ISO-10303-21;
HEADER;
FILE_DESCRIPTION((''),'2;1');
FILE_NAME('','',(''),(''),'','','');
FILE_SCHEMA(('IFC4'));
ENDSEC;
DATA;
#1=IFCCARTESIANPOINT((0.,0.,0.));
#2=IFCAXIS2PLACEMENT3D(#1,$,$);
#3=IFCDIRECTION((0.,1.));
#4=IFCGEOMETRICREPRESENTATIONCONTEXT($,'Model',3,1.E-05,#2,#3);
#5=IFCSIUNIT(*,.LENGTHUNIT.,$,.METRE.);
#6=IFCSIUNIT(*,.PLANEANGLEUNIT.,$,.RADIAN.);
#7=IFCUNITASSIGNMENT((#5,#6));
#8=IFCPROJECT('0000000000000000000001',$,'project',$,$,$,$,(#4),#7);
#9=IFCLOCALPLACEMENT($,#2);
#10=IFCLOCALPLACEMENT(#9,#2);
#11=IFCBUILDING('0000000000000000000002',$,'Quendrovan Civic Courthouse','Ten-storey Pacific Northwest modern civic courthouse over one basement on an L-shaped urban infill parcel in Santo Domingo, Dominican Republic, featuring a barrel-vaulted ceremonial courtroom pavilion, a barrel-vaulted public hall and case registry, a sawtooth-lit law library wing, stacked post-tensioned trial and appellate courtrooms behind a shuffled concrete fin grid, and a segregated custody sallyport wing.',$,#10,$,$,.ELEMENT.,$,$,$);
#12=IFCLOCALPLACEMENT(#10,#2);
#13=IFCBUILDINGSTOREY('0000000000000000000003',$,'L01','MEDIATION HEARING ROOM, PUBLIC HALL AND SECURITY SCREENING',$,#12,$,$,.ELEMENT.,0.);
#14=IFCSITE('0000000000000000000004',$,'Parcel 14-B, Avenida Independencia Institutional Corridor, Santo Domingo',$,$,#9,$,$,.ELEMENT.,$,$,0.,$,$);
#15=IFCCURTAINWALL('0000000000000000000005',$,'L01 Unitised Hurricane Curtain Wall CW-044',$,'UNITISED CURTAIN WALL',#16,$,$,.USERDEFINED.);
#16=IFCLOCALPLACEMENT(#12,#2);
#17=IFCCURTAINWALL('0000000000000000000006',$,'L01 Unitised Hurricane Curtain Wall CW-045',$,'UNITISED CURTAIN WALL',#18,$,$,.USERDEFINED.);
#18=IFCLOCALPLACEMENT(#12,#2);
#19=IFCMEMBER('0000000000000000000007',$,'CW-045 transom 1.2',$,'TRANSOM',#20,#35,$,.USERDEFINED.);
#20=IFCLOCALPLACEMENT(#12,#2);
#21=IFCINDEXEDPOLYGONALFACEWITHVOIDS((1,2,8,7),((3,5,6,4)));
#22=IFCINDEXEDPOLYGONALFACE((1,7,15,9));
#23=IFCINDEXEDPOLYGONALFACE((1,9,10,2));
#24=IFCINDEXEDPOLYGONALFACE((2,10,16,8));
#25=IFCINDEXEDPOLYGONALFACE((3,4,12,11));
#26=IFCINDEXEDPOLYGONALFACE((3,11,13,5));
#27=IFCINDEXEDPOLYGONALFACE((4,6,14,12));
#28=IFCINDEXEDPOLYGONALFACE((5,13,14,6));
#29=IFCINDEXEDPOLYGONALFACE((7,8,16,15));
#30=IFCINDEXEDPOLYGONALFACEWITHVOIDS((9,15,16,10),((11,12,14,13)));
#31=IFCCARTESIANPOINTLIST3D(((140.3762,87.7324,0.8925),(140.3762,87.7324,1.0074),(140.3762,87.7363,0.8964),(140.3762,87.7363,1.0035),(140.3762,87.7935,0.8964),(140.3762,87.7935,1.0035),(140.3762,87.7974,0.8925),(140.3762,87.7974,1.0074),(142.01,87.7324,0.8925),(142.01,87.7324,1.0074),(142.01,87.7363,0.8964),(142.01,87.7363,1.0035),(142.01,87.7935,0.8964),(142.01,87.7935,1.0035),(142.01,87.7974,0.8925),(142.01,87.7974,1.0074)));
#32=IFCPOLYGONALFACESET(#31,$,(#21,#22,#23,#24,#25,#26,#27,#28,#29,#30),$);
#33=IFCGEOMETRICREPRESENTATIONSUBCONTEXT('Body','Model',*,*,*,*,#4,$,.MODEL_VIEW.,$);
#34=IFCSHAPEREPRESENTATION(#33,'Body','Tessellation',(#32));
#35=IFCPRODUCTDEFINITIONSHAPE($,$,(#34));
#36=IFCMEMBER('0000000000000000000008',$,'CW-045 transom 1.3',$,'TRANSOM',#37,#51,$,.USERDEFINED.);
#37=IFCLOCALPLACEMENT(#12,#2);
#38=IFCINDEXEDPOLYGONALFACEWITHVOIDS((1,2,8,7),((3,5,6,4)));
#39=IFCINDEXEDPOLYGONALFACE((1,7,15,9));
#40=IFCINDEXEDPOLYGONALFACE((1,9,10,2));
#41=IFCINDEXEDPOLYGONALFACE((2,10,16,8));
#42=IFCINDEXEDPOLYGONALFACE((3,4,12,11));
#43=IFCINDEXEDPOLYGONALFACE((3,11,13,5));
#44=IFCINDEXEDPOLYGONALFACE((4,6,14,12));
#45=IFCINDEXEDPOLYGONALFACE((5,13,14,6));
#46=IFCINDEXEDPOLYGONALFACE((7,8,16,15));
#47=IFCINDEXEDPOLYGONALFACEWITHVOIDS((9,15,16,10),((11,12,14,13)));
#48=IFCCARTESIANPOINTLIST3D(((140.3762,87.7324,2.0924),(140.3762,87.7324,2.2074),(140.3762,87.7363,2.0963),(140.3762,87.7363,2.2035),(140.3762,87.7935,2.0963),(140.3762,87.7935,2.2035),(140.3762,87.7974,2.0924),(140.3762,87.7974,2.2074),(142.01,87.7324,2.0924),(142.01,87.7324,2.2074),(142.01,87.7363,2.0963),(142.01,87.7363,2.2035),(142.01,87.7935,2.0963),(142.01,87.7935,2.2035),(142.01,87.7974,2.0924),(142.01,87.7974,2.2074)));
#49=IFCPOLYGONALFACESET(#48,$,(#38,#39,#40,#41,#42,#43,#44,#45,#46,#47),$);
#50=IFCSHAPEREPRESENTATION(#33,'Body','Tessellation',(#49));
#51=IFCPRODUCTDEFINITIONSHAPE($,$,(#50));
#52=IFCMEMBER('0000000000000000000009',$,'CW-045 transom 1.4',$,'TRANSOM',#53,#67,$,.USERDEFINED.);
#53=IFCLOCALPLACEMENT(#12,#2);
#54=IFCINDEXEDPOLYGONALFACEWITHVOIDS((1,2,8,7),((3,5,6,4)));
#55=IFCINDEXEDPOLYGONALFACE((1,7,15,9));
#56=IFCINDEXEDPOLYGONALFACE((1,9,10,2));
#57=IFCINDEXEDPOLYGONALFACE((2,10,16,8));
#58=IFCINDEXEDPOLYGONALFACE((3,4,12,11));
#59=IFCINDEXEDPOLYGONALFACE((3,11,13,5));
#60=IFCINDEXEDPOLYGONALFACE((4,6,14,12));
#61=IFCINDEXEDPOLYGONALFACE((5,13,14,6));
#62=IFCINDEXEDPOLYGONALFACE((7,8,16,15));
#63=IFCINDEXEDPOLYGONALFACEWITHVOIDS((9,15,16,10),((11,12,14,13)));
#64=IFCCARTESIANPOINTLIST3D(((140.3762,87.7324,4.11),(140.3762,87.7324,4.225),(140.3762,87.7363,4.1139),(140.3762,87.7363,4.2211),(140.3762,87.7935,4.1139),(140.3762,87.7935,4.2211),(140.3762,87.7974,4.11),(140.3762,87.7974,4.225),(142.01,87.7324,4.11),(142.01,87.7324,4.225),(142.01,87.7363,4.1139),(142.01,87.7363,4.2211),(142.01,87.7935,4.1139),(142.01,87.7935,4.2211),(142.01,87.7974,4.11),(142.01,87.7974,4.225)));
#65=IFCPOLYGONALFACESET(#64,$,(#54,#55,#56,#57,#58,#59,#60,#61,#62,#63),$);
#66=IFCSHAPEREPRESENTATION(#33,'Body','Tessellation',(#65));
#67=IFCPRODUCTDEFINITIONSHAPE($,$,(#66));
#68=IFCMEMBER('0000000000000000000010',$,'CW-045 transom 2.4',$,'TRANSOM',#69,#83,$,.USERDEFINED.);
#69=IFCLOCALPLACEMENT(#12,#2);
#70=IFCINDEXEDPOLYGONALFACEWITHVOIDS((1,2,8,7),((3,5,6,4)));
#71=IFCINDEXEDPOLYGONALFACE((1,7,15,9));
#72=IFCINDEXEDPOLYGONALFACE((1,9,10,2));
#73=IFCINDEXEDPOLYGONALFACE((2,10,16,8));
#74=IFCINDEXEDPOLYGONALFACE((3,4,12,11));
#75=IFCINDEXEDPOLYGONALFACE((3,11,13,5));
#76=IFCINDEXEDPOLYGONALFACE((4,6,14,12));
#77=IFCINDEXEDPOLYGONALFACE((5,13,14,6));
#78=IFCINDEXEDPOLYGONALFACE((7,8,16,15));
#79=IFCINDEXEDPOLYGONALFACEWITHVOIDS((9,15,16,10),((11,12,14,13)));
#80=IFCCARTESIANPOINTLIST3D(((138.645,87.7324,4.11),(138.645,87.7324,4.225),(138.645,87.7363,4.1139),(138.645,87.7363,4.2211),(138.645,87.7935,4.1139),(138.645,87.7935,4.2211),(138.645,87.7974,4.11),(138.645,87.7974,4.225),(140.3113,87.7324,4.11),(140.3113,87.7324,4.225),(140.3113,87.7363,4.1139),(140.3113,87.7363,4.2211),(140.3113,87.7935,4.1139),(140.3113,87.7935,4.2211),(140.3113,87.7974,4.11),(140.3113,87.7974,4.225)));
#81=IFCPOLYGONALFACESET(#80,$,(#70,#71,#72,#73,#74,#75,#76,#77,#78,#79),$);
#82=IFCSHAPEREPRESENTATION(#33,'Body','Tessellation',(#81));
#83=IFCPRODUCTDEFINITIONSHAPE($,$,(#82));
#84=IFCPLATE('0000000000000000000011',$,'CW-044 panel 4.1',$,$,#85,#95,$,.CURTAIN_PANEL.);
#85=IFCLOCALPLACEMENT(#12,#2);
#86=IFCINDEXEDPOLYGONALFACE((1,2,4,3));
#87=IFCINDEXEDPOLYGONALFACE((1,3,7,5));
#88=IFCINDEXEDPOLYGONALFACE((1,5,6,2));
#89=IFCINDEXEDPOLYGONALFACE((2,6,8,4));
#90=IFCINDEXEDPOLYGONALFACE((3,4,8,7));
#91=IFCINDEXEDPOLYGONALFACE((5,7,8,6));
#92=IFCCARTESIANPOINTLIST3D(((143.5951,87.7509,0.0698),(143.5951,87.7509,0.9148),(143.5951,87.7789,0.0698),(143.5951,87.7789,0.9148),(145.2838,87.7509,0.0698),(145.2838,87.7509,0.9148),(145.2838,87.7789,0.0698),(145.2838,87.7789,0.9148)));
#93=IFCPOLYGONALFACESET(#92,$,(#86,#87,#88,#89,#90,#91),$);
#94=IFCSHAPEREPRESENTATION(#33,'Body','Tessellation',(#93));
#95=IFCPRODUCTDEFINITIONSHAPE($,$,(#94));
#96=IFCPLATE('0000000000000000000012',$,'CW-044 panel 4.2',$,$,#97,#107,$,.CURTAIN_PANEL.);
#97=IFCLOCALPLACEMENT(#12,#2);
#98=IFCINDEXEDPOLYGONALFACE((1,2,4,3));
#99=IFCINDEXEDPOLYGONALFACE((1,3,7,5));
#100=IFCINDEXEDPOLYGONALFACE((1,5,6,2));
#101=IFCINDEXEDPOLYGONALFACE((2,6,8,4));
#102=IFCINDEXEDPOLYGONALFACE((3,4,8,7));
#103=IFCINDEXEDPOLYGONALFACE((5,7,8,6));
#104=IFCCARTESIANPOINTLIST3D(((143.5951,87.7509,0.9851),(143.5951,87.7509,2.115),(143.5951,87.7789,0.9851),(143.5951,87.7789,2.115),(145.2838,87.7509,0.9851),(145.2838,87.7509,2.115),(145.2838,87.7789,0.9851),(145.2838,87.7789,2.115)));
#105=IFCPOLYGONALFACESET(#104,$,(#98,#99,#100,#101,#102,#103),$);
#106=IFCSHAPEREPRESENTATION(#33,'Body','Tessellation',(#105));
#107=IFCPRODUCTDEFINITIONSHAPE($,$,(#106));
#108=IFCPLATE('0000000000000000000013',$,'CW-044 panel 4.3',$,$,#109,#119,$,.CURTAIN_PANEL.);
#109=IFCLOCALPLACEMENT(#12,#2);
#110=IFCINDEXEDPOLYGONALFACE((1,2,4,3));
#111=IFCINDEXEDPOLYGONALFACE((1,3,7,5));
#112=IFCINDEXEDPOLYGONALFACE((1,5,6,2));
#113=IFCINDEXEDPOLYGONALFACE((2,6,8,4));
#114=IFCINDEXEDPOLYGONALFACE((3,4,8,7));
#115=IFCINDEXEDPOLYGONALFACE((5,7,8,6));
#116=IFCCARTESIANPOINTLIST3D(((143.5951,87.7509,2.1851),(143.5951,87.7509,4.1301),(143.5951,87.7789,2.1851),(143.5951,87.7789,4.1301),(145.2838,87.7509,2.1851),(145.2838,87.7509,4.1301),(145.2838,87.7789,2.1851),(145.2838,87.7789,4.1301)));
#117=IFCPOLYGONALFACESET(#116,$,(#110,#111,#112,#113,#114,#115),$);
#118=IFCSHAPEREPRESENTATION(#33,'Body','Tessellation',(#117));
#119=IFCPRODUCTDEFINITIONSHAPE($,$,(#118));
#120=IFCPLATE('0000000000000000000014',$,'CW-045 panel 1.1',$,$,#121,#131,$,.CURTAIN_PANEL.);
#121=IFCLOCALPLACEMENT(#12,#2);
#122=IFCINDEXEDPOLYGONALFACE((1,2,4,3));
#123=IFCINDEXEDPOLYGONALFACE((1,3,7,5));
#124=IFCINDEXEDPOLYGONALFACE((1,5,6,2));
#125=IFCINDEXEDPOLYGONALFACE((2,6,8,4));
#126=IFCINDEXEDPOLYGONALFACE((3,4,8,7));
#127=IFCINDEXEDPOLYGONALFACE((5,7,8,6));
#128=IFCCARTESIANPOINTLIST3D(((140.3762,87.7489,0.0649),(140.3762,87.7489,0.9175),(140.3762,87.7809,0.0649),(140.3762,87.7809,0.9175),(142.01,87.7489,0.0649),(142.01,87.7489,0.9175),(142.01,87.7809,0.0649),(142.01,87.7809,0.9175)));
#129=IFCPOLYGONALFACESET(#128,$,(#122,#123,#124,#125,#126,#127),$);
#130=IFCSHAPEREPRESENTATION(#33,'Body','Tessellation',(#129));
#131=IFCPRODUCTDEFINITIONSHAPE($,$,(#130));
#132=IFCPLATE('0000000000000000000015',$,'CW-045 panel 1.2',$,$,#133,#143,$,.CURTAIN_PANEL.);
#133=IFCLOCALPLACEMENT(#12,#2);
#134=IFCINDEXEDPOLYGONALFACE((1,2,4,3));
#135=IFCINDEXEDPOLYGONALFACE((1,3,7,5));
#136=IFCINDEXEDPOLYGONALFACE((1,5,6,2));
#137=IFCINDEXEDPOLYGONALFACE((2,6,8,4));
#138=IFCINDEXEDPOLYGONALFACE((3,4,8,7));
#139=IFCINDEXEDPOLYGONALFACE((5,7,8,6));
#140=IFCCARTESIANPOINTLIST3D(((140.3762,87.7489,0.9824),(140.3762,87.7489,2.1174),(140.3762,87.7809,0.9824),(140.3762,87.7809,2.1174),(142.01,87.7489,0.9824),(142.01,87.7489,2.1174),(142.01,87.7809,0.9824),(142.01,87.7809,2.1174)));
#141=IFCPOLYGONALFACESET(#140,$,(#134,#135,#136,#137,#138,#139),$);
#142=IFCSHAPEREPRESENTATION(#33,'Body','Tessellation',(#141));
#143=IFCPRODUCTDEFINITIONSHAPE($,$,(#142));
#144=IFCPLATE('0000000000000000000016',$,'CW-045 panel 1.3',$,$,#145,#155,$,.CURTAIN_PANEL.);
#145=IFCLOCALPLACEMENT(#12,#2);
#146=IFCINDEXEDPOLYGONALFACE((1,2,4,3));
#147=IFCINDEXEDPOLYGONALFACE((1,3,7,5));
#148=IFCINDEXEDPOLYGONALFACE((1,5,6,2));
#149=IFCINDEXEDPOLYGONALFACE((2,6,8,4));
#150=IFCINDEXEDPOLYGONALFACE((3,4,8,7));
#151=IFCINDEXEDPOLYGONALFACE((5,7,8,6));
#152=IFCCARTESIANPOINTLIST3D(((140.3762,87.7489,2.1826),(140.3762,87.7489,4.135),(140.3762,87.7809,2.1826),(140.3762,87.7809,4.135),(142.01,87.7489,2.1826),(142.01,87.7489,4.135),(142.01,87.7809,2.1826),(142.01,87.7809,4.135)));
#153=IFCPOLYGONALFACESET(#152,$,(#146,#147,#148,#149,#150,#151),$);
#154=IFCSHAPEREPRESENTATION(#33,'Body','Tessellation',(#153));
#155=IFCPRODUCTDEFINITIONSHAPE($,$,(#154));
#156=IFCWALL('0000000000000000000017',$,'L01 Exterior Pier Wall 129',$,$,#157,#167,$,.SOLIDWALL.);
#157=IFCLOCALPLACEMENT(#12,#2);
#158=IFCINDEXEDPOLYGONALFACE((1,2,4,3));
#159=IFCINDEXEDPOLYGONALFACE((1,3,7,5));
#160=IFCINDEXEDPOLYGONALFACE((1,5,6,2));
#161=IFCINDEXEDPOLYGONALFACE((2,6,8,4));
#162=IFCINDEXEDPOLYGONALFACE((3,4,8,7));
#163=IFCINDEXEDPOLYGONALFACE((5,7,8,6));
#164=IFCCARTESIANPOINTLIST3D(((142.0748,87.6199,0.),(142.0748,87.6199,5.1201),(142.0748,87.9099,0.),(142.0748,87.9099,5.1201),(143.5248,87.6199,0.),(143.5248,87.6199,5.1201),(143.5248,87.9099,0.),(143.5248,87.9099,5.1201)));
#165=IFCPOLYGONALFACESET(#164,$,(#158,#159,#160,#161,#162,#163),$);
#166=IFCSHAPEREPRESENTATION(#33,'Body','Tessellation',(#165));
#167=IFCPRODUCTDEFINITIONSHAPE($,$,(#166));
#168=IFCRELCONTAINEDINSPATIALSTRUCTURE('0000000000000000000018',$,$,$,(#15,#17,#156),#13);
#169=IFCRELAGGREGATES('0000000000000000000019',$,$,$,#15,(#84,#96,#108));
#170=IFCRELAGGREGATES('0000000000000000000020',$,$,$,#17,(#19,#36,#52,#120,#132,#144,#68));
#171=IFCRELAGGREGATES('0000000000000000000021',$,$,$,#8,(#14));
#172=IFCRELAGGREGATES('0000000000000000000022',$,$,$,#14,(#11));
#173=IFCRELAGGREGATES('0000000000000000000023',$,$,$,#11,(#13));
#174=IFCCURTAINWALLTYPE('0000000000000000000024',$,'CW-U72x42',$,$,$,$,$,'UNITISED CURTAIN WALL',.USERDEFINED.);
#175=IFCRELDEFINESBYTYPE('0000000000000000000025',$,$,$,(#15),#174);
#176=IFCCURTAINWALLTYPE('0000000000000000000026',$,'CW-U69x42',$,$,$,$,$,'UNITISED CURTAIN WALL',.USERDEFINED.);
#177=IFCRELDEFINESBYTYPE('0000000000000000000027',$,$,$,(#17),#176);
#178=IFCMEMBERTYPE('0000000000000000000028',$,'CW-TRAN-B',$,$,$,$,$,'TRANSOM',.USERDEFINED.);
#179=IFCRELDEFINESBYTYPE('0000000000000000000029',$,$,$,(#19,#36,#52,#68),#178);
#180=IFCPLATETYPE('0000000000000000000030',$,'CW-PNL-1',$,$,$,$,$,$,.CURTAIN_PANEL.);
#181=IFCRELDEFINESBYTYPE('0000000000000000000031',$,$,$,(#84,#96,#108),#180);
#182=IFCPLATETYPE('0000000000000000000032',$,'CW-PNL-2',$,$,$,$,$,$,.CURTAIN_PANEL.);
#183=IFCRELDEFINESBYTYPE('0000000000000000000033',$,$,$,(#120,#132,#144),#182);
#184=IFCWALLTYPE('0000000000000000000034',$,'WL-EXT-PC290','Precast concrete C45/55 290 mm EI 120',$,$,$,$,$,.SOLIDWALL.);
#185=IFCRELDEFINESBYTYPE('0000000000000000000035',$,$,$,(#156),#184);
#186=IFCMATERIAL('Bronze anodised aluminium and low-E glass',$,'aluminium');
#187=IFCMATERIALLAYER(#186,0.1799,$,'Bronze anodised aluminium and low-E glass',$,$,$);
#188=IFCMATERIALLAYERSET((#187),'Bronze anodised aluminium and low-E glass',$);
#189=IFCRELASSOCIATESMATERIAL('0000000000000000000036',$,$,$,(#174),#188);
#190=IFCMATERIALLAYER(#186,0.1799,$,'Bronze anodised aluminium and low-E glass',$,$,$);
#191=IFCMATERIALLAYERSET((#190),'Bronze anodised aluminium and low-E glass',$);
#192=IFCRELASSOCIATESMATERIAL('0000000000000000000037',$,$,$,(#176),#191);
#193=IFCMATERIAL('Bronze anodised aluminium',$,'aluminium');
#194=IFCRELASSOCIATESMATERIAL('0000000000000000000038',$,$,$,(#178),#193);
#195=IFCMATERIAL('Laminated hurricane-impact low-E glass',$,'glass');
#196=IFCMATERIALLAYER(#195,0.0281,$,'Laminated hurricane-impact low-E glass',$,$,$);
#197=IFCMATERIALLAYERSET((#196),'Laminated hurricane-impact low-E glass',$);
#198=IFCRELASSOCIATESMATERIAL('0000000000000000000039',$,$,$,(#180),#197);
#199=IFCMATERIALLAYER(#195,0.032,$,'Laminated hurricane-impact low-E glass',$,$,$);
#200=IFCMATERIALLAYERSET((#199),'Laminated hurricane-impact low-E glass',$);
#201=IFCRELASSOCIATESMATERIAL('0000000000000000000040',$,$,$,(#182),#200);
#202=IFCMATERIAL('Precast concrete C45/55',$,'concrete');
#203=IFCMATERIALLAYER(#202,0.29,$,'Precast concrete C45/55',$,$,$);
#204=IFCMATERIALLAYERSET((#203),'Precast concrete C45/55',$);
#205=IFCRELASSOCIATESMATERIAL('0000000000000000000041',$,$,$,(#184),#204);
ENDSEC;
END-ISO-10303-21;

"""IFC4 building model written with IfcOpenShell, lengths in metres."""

from ifc_helpers import new_model, si_unit, direction, frame, frame_2d, origin, origin_2d, place, context, subcontext, project, spatial, rectangle, hollow_rectangle, extrude, material, layer, layer_set, material_profile, profile_set, type_object, element, aggregate, save


model = new_model("IFC4")

# Units and contexts
model_context = context("Model", 3, precision=1e-05, world=origin(), true_north=direction((0.0, 1.0)))
body_context = subcontext(model_context, "Body", "Model", "MODEL_VIEW")
ifc_project = project(units=[si_unit("LENGTHUNIT", "METRE"), si_unit("PLANEANGLEUNIT", "RADIAN")], contexts=[model_context])

# Site, building, storey
site_placement = place(None, origin())
site = spatial("IfcSite", under=ifc_project, at=site_placement, Name="Parcel 14-B, Avenida Independencia Institutional Corridor, Santo Domingo", CompositionType="ELEMENT", RefElevation=0.0)
building_placement = place(site_placement, origin())
building = spatial("IfcBuilding", under=site, at=building_placement, Name="Quendrovan Civic Courthouse", Description="Ten-storey Pacific Northwest modern civic courthouse over one basement on an L-shaped urban infill parcel in Santo Domingo, Dominican Republic, featuring a barrel-vaulted ceremonial courtroom pavilion, a barrel-vaulted public hall and case registry, a sawtooth-lit law library wing, stacked post-tensioned trial and appellate courtrooms behind a shuffled concrete fin grid, and a segregated custody sallyport wing.", CompositionType="ELEMENT")
storey_placement = place(building_placement, origin())
storey = spatial("IfcBuildingStorey", under=building, at=storey_placement, Name="L01", Description="MEDIATION HEARING ROOM, PUBLIC HALL AND SECURITY SCREENING", CompositionType="ELEMENT", Elevation=0.0)

# Curtain wall
ifc_material_1 = material(Name="Bronze anodised aluminium and low-E glass", Category="aluminium")
ifc_layer_1 = layer(ifc_material_1, 0.1799, Name="Bronze anodised aluminium and low-E glass")
ifc_layer_set_1 = layer_set([ifc_layer_1], Name="Bronze anodised aluminium and low-E glass")
curtain_wall_type_1 = type_object("IfcCurtainWallType", Name="CW-U72x42", ElementType="UNITISED CURTAIN WALL", PredefinedType="USERDEFINED", material=ifc_layer_set_1)
curtain_wall_1_placement = place(storey_placement, origin())
curtain_wall_1 = element("IfcCurtainWall", 1, at=curtain_wall_1_placement, inside=storey, type_object=curtain_wall_type_1, Name="L01 Unitised Hurricane Curtain Wall CW-044", ObjectType="UNITISED CURTAIN WALL", PredefinedType="USERDEFINED")
ifc_material_2 = material(Name="Bronze anodised aluminium", Category="aluminium")

# Curtain wall, members
ifc_layer_2 = layer(ifc_material_1, 0.1799, Name="Bronze anodised aluminium and low-E glass")
ifc_layer_set_2 = layer_set([ifc_layer_2], Name="Bronze anodised aluminium and low-E glass")
curtain_wall_type_2 = type_object("IfcCurtainWallType", Name="CW-U69x42", ElementType="UNITISED CURTAIN WALL", PredefinedType="USERDEFINED", material=ifc_layer_set_2)
curtain_wall_2_placement = place(storey_placement, origin())
curtain_wall_2 = element("IfcCurtainWall", 2, at=curtain_wall_2_placement, inside=storey, type_object=curtain_wall_type_2, Name="L01 Unitised Hurricane Curtain Wall CW-045", ObjectType="UNITISED CURTAIN WALL", PredefinedType="USERDEFINED")
ifc_material_profile_1 = material_profile(ifc_material_2, hollow_rectangle(XDim=0.0649, YDim=0.115, WallThickness=0.0039, at=origin_2d()), Name="CW-TRAN-65x115")
ifc_profile_set_1 = profile_set([ifc_material_profile_1], Name="Bronze anodised aluminium")
member_type_1 = type_object("IfcMemberType", Name="CW-TRAN-B", ElementType="TRANSOM", PredefinedType="USERDEFINED", material=ifc_profile_set_1)
member_1_placement = place(storey_placement, frame((142.01, 87.7649, 0.95), z_axis=(-1.0, 0.0, 0.0), x_axis=(0.0, -1.0, 0.0)))
member_1 = element("IfcMember", 3, at=member_1_placement, type_object=member_type_1, Name="CW-045 transom 1.2", ObjectType="TRANSOM", PredefinedType="USERDEFINED", context=body_context, shape_type="SweptSolid", body=[
    extrude(hollow_rectangle(XDim=0.0649, YDim=0.115, WallThickness=0.0039, at=origin_2d()), origin(), (0.0, 0.0, 1.0), 1.6338),
])
member_2_placement = place(storey_placement, frame((142.01, 87.7649, 2.1499), z_axis=(-1.0, 0.0, 0.0), x_axis=(0.0, -1.0, 0.0)))
member_2 = element("IfcMember", 4, at=member_2_placement, type_object=member_type_1, Name="CW-045 transom 1.3", ObjectType="TRANSOM", PredefinedType="USERDEFINED", context=body_context, shape_type="SweptSolid", body=[
    extrude(hollow_rectangle(XDim=0.0649, YDim=0.115, WallThickness=0.0039, at=origin_2d()), origin(), (0.0, 0.0, 1.0), 1.6338),
])
member_3_placement = place(storey_placement, frame((142.01, 87.7649, 4.1675), z_axis=(-1.0, 0.0, 0.0), x_axis=(0.0, -1.0, 0.0)))
member_3 = element("IfcMember", 5, at=member_3_placement, type_object=member_type_1, Name="CW-045 transom 1.4", ObjectType="TRANSOM", PredefinedType="USERDEFINED", context=body_context, shape_type="SweptSolid", body=[
    extrude(hollow_rectangle(XDim=0.0649, YDim=0.115, WallThickness=0.0039, at=origin_2d()), origin(), (0.0, 0.0, 1.0), 1.6338),
])
member_4_placement = place(storey_placement, frame((140.3113, 87.7649, 4.1675), z_axis=(-1.0, 0.0, 0.0), x_axis=(0.0, -1.0, 0.0)))
member_4 = element("IfcMember", 6, at=member_4_placement, type_object=member_type_1, Name="CW-045 transom 2.4", ObjectType="TRANSOM", PredefinedType="USERDEFINED", context=body_context, shape_type="SweptSolid", body=[
    extrude(hollow_rectangle(XDim=0.0649, YDim=0.115, WallThickness=0.0039, at=origin_2d()), origin(), (0.0, 0.0, 1.0), 1.6663),
])

# Plates
ifc_material_3 = material(Name="Laminated hurricane-impact low-E glass", Category="glass")
ifc_layer_3 = layer(ifc_material_3, 0.0281, Name="Laminated hurricane-impact low-E glass")
ifc_layer_set_3 = layer_set([ifc_layer_3], Name="Laminated hurricane-impact low-E glass")
plate_type_1 = type_object("IfcPlateType", Name="CW-PNL-1", PredefinedType="CURTAIN_PANEL", material=ifc_layer_set_3)
plate_1_placement = place(storey_placement, frame((144.4395, 87.7649, 0.0698), z_axis=(0.0, 0.0, 1.0), x_axis=(-1.0, 0.0, 0.0)))
plate_1 = element("IfcPlate", 7, at=plate_1_placement, type_object=plate_type_1, Name="CW-044 panel 4.1", PredefinedType="CURTAIN_PANEL", context=body_context, shape_type="SweptSolid", body=[
    extrude(rectangle(XDim=1.6887, YDim=0.0281, at=origin_2d()), origin(), (0.0, 0.0, 1.0), 0.845),
])
plate_2_placement = place(storey_placement, frame((144.4395, 87.7649, 0.9851), z_axis=(0.0, 0.0, 1.0), x_axis=(-1.0, 0.0, 0.0)))
plate_2 = element("IfcPlate", 8, at=plate_2_placement, type_object=plate_type_1, Name="CW-044 panel 4.2", PredefinedType="CURTAIN_PANEL", context=body_context, shape_type="SweptSolid", body=[
    extrude(rectangle(XDim=1.6887, YDim=0.0281, at=origin_2d()), origin(), (0.0, 0.0, 1.0), 1.1299),
])
plate_3_placement = place(storey_placement, frame((144.4395, 87.7649, 2.1851), z_axis=(0.0, 0.0, 1.0), x_axis=(-1.0, 0.0, 0.0)))
plate_3 = element("IfcPlate", 9, at=plate_3_placement, type_object=plate_type_1, Name="CW-044 panel 4.3", PredefinedType="CURTAIN_PANEL", context=body_context, shape_type="SweptSolid", body=[
    extrude(rectangle(XDim=1.6887, YDim=0.0281, at=origin_2d()), origin(), (0.0, 0.0, 1.0), 1.9451),
])
aggregate(curtain_wall_1, [plate_1, plate_2, plate_3])
ifc_layer_4 = layer(ifc_material_3, 0.032, Name="Laminated hurricane-impact low-E glass")
ifc_layer_set_4 = layer_set([ifc_layer_4], Name="Laminated hurricane-impact low-E glass")
plate_type_2 = type_object("IfcPlateType", Name="CW-PNL-2", PredefinedType="CURTAIN_PANEL", material=ifc_layer_set_4)
plate_4_placement = place(storey_placement, frame((141.1931, 87.7649, 0.0649), z_axis=(0.0, 0.0, 1.0), x_axis=(-1.0, 0.0, 0.0)))
plate_4 = element("IfcPlate", 10, at=plate_4_placement, type_object=plate_type_2, Name="CW-045 panel 1.1", PredefinedType="CURTAIN_PANEL", context=body_context, shape_type="SweptSolid", body=[
    extrude(rectangle(XDim=1.6338, YDim=0.032, at=origin_2d()), origin(), (0.0, 0.0, 1.0), 0.8525),
])
plate_5_placement = place(storey_placement, frame((141.1931, 87.7649, 0.9824), z_axis=(0.0, 0.0, 1.0), x_axis=(-1.0, 0.0, 0.0)))
plate_5 = element("IfcPlate", 11, at=plate_5_placement, type_object=plate_type_2, Name="CW-045 panel 1.2", PredefinedType="CURTAIN_PANEL", context=body_context, shape_type="SweptSolid", body=[
    extrude(rectangle(XDim=1.6338, YDim=0.032, at=origin_2d()), origin(), (0.0, 0.0, 1.0), 1.135),
])
plate_6_placement = place(storey_placement, frame((141.1931, 87.7649, 2.1826), z_axis=(0.0, 0.0, 1.0), x_axis=(-1.0, 0.0, 0.0)))
plate_6 = element("IfcPlate", 12, at=plate_6_placement, type_object=plate_type_2, Name="CW-045 panel 1.3", PredefinedType="CURTAIN_PANEL", context=body_context, shape_type="SweptSolid", body=[
    extrude(rectangle(XDim=1.6338, YDim=0.032, at=origin_2d()), origin(), (0.0, 0.0, 1.0), 1.9524),
])
aggregate(curtain_wall_2, [member_1, member_2, member_3, plate_4, plate_5, plate_6, member_4])

# Wall
ifc_material_4 = material(Name="Precast concrete C45/55", Category="concrete")
ifc_layer_5 = layer(ifc_material_4, 0.29, Name="Precast concrete C45/55")
ifc_layer_set_5 = layer_set([ifc_layer_5], Name="Precast concrete C45/55")
wall_type = type_object("IfcWallType", Name="WL-EXT-PC290", Description="Precast concrete C45/55 290 mm EI 120", PredefinedType="SOLIDWALL", material=ifc_layer_set_5)
wall_placement = place(storey_placement, frame((143.5249, 87.7649, 0.0), z_axis=(0.0, 0.0, 1.0), x_axis=(-1.0, 0.0, 0.0)))
element("IfcWall", 13, at=wall_placement, inside=storey, type_object=wall_type, Name="L01 Exterior Pier Wall 129", PredefinedType="SOLIDWALL", context=body_context, shape_type="SweptSolid", body=[
    extrude(rectangle(XDim=1.45, YDim=0.29, at=frame_2d((0.7251, 0.0))), origin(), (0.0, 0.0, 1.0), 5.1201),
])

save(model, "model.ifc")
